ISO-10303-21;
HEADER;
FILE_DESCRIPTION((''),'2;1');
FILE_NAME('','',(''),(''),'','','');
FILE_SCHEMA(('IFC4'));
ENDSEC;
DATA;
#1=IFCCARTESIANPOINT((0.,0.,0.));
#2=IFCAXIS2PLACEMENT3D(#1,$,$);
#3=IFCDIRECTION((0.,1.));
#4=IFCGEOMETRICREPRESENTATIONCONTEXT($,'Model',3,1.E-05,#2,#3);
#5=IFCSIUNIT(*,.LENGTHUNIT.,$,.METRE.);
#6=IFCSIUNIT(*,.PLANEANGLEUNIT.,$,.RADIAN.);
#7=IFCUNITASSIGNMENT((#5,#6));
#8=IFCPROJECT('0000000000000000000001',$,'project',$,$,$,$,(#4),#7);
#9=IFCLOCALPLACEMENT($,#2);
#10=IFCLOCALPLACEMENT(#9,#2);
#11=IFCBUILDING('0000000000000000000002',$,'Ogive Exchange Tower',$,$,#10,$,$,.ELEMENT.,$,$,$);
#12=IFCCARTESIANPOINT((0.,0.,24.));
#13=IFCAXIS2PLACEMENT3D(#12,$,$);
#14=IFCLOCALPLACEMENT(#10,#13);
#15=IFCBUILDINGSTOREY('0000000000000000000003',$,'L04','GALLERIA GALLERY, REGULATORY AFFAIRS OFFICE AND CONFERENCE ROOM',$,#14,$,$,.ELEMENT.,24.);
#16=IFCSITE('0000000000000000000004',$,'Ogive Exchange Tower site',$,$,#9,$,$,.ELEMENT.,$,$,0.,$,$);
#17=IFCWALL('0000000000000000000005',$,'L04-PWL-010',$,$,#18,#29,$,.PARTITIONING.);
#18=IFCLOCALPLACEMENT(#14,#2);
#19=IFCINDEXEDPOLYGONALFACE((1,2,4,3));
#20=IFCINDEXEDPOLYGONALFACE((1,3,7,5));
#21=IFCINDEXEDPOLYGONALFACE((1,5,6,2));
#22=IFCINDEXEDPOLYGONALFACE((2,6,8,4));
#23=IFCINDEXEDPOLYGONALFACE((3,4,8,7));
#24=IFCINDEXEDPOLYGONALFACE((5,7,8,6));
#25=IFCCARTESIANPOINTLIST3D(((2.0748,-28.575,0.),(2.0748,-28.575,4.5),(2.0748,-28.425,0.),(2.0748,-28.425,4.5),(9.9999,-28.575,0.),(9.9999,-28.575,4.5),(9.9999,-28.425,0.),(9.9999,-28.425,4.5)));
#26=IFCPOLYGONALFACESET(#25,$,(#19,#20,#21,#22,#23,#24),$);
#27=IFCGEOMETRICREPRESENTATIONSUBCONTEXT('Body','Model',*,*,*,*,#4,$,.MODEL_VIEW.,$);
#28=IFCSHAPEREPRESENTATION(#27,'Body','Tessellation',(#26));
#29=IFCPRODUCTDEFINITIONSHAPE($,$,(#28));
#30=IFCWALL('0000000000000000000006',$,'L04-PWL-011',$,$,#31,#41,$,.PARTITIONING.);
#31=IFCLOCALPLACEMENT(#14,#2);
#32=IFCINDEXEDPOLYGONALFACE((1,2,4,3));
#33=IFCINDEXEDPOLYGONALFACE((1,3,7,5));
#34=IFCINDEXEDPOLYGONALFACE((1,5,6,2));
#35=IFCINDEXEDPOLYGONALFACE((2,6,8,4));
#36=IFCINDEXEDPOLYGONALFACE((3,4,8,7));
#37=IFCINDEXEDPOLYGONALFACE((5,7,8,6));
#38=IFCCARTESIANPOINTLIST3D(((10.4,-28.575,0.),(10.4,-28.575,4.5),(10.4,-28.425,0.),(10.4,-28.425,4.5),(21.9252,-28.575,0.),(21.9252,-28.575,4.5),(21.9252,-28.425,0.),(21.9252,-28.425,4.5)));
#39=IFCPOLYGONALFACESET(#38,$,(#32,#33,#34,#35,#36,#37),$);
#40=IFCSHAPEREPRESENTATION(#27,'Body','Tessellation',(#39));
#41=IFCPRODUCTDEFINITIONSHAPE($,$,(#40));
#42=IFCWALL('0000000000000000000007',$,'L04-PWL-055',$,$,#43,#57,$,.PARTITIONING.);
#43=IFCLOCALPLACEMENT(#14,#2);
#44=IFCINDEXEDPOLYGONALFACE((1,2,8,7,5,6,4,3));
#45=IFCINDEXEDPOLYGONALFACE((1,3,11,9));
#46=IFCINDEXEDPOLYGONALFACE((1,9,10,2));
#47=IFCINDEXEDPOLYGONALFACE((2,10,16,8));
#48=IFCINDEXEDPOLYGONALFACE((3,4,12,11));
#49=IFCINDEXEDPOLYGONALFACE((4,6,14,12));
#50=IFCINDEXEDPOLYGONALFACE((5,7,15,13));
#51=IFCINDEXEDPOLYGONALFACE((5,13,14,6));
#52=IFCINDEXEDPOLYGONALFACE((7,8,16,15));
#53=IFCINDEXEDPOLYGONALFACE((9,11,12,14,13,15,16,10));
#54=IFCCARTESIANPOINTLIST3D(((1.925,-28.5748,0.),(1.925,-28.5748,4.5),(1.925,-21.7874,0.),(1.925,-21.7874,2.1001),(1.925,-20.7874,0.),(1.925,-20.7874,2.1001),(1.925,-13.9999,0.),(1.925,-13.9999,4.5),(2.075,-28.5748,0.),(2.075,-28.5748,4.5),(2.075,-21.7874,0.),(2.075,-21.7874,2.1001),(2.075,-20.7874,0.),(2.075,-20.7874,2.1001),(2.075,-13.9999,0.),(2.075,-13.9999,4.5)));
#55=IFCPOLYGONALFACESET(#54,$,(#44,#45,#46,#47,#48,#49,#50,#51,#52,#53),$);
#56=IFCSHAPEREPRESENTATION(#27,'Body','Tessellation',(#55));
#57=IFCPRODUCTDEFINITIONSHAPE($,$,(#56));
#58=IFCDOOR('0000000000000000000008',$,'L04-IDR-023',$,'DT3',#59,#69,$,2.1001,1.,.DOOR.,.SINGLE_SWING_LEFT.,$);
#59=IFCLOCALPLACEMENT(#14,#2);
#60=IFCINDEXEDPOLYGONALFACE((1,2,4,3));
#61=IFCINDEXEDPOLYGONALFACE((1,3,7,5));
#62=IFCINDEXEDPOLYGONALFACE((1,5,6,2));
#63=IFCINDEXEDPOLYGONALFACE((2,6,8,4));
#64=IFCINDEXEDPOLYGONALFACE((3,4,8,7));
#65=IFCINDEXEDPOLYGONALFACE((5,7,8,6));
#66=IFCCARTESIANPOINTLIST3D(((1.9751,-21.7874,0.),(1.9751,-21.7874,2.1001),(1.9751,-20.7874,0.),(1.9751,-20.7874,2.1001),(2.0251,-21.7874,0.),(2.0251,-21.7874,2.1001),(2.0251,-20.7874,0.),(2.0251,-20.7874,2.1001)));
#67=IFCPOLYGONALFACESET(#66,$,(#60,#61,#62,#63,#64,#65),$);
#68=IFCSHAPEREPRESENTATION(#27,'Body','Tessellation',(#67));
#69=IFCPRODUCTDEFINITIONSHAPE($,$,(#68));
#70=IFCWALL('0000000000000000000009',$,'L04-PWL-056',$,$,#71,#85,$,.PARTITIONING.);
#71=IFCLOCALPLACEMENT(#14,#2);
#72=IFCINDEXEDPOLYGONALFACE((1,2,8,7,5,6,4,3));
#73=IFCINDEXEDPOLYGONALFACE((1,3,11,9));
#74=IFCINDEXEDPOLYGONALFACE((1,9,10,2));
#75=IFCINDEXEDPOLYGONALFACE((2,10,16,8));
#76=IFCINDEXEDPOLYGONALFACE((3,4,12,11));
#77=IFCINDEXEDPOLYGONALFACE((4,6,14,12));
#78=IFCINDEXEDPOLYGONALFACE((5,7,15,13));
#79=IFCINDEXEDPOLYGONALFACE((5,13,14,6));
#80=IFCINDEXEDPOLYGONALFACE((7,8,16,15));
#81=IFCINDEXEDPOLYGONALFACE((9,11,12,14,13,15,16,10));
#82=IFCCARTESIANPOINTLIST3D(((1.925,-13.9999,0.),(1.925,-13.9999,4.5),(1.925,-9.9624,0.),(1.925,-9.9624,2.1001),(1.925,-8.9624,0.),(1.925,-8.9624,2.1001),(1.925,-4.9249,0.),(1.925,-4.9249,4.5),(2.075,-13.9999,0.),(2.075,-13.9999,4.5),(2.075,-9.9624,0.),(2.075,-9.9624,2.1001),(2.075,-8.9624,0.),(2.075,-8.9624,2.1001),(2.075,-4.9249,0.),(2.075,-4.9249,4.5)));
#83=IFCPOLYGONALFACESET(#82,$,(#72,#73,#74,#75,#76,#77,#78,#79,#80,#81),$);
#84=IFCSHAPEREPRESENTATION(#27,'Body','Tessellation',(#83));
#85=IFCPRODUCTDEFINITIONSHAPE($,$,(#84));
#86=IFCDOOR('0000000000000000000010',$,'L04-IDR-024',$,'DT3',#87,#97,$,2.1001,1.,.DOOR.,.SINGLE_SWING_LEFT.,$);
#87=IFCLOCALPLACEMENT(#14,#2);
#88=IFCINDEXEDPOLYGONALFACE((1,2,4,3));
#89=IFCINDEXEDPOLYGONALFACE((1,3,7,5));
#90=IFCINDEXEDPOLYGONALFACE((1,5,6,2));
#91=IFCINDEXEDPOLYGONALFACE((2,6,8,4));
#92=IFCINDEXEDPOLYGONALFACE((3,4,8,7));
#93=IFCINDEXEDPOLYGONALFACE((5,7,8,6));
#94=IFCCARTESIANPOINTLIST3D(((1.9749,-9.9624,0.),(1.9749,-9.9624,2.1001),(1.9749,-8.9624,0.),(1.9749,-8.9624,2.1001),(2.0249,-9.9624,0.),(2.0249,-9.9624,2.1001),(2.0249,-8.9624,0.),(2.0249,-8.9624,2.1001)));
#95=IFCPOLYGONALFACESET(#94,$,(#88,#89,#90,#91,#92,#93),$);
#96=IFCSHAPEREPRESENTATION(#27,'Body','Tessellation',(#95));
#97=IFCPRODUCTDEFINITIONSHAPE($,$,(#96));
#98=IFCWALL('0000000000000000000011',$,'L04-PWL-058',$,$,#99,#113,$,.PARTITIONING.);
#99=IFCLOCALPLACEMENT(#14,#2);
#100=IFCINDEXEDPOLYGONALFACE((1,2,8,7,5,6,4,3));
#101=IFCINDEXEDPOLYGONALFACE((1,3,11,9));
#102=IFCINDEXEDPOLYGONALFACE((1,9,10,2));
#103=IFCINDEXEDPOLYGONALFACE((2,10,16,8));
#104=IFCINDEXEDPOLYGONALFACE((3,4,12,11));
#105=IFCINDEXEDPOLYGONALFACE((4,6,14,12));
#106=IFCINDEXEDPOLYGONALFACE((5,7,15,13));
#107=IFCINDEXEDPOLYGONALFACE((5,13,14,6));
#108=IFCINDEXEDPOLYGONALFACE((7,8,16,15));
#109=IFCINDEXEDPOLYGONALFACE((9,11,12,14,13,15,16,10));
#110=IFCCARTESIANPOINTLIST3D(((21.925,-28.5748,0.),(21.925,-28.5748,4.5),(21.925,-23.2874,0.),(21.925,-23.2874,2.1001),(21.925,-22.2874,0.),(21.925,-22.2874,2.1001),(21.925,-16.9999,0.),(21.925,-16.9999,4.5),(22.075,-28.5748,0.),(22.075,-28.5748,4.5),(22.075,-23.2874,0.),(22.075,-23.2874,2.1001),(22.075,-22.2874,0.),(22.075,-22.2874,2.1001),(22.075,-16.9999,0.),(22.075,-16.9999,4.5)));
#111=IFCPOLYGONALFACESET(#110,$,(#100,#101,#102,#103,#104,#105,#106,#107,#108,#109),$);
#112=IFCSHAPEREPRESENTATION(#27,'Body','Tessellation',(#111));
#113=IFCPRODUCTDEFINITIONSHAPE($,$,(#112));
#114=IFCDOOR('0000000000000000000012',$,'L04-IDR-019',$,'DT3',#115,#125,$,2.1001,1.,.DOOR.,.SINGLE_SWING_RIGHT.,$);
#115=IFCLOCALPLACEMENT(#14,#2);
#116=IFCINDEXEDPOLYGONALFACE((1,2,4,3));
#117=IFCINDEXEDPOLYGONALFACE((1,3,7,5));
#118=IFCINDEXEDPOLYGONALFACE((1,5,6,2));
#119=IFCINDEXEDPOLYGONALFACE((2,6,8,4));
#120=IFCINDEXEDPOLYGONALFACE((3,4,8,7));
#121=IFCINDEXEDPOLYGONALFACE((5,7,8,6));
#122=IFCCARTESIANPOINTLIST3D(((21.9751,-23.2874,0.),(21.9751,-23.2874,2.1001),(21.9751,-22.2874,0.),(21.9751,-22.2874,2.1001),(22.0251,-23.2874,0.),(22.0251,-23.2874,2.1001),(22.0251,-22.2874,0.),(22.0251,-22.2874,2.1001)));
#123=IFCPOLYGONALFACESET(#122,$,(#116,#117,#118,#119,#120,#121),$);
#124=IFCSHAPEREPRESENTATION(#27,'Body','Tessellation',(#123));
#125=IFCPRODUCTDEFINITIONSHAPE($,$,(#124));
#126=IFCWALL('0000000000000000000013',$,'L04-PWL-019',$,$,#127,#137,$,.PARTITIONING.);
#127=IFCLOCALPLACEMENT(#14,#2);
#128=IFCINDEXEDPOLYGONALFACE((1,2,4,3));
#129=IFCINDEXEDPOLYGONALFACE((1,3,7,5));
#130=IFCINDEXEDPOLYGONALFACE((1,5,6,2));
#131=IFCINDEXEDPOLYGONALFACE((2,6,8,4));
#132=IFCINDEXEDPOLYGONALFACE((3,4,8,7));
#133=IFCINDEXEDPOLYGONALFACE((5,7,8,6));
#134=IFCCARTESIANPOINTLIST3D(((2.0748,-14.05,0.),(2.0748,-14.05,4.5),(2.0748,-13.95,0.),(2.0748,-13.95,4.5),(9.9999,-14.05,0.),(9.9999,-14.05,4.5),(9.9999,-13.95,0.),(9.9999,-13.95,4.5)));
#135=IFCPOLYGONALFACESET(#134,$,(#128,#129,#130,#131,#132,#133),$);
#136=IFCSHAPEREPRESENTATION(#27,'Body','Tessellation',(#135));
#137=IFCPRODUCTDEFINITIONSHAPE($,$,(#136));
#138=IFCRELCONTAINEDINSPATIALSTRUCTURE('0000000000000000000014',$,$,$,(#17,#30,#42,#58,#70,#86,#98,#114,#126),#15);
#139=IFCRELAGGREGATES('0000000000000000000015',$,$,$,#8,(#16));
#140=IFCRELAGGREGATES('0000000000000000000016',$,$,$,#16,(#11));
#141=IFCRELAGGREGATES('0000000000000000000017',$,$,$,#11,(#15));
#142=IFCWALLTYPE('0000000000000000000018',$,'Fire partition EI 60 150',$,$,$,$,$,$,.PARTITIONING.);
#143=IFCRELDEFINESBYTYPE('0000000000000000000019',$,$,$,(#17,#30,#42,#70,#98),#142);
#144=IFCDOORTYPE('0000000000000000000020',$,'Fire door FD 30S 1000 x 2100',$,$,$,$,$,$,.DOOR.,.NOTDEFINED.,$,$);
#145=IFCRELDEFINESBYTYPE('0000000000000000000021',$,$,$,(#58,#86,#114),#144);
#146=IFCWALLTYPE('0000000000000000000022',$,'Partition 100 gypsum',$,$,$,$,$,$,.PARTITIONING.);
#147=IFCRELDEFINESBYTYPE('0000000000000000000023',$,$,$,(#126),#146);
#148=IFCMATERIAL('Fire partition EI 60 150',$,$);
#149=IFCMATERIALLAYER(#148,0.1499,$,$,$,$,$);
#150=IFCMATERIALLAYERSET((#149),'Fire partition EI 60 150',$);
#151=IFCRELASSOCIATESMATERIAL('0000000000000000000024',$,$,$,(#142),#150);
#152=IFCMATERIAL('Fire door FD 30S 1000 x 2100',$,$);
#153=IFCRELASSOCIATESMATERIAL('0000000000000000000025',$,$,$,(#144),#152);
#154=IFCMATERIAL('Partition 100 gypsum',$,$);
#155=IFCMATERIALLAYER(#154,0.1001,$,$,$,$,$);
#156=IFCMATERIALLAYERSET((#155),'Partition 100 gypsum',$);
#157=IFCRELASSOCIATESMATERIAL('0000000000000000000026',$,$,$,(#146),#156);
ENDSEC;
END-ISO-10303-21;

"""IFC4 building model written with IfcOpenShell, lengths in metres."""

from ifc_helpers import new_model, si_unit, direction, frame, frame_2d, origin, place, context, subcontext, project, spatial, rectangle, extrude, material, layer, layer_set, type_object, element, fill, save


model = new_model("IFC4")

# Units and contexts
model_context = context("Model", 3, precision=1e-05, world=origin(), true_north=direction((0.0, 1.0)))
body_context = subcontext(model_context, "Body", "Model", "MODEL_VIEW")
ifc_project = project(units=[si_unit("LENGTHUNIT", "METRE"), si_unit("PLANEANGLEUNIT", "RADIAN")], contexts=[model_context])

# Site, building, storey
site_placement = place(None, origin())
site = spatial("IfcSite", under=ifc_project, at=site_placement, Name="Ogive Exchange Tower site", CompositionType="ELEMENT", RefElevation=0.0)
building_placement = place(site_placement, origin())
building = spatial("IfcBuilding", under=site, at=building_placement, Name="Ogive Exchange Tower", CompositionType="ELEMENT")
storey_placement = place(building_placement, frame((0.0, 0.0, 24.0)))
storey = spatial("IfcBuildingStorey", under=building, at=storey_placement, Name="L04", Description="GALLERIA GALLERY, REGULATORY AFFAIRS OFFICE AND CONFERENCE ROOM", CompositionType="ELEMENT", Elevation=24.0)

# Walls
ifc_material_1 = material(Name="Fire partition EI 60 150")
ifc_layer_1 = layer(ifc_material_1, 0.1499)
ifc_layer_set_1 = layer_set([ifc_layer_1], Name="Fire partition EI 60 150")
wall_type_1 = type_object("IfcWallType", Name="Fire partition EI 60 150", PredefinedType="PARTITIONING", material=ifc_layer_set_1)
wall_1_placement = place(storey_placement, frame((2.075, -28.5, 0.0), z_axis=(0.0, 0.0, 1.0), x_axis=(1.0, 0.0, 0.0)))
element("IfcWall", 1, at=wall_1_placement, inside=storey, type_object=wall_type_1, Name="L04-PWL-010", PredefinedType="PARTITIONING", context=body_context, shape_type="SweptSolid", body=[
    extrude(rectangle(XDim=7.925, YDim=0.1499, at=frame_2d((3.9624, 0.0))), origin(), (0.0, 0.0, 1.0), 4.5),
])
wall_2_placement = place(storey_placement, frame((10.3999, -28.5, 0.0), z_axis=(0.0, 0.0, 1.0), x_axis=(1.0, 0.0, 0.0)))
element("IfcWall", 2, at=wall_2_placement, inside=storey, type_object=wall_type_1, Name="L04-PWL-011", PredefinedType="PARTITIONING", context=body_context, shape_type="SweptSolid", body=[
    extrude(rectangle(XDim=11.5251, YDim=0.1499, at=frame_2d((5.7627, 0.0))), origin(), (0.0, 0.0, 1.0), 4.5),
])

# Walls, openings, doors
wall_3_placement = place(storey_placement, frame((2.0, -28.575, 0.0), z_axis=(0.0, 0.0, 1.0), x_axis=(0.0, 1.0, 0.0)))
wall_3 = element("IfcWall", 3, at=wall_3_placement, inside=storey, type_object=wall_type_1, Name="L04-PWL-055", PredefinedType="PARTITIONING", context=body_context, shape_type="SweptSolid", body=[
    extrude(rectangle(XDim=14.575, YDim=0.1499, at=frame_2d((7.2876, 0.0))), origin(), (0.0, 0.0, 1.0), 4.5),
])
opening_1_placement = place(wall_3_placement, frame((6.7876, 0.0, 0.0)))
opening_1 = element("IfcOpeningElement", 4, at=opening_1_placement, cuts=wall_3, PredefinedType="OPENING", context=body_context, shape_type="SweptSolid", body=[
    extrude(rectangle(XDim=1.0, YDim=2.1001, at=frame_2d((0.5, 1.05))), frame((0.0, 0.085, 0.0), z_axis=(0.0, -1.0, 0.0), x_axis=(1.0, 0.0, 0.0)), (0.0, 0.0, 1.0), 0.1699),
])
ifc_material_2 = material(Name="Fire door FD 30S 1000 x 2100")
door_type_1 = type_object("IfcDoorType", Name="Fire door FD 30S 1000 x 2100", OperationType="NOTDEFINED", PredefinedType="DOOR", material=ifc_material_2)
door_1_placement = place(opening_1_placement, origin())
door_1 = element("IfcDoor", 5, at=door_1_placement, inside=storey, type_object=door_type_1, Name="L04-IDR-023", ObjectType="DT3", OperationType="SINGLE_SWING_LEFT", OverallHeight=2.1001, OverallWidth=1.0, PredefinedType="DOOR", context=body_context, shape_type="SweptSolid", body=[
    extrude(rectangle(XDim=1.0, YDim=2.1001, at=frame_2d((0.5, 1.05))), frame((0.0, 0.0249, 0.0), z_axis=(0.0, -1.0, 0.0), x_axis=(1.0, 0.0, 0.0)), (0.0, 0.0, 1.0), 0.05),
])
fill(opening_1, door_1)
wall_4_placement = place(storey_placement, frame((2.0, -14.0, 0.0), z_axis=(0.0, 0.0, 1.0), x_axis=(0.0, 1.0, 0.0)))
wall_4 = element("IfcWall", 6, at=wall_4_placement, inside=storey, type_object=wall_type_1, Name="L04-PWL-056", PredefinedType="PARTITIONING", context=body_context, shape_type="SweptSolid", body=[
    extrude(rectangle(XDim=9.075, YDim=0.1499, at=frame_2d((4.5376, 0.0))), origin(), (0.0, 0.0, 1.0), 4.5),
])
opening_2_placement = place(wall_4_placement, frame((4.0376, 0.0, 0.0)))
opening_2 = element("IfcOpeningElement", 7, at=opening_2_placement, cuts=wall_4, PredefinedType="OPENING", context=body_context, shape_type="SweptSolid", body=[
    extrude(rectangle(XDim=1.0, YDim=2.1001, at=frame_2d((0.5, 1.05))), frame((0.0, 0.085, 0.0), z_axis=(0.0, -1.0, 0.0), x_axis=(1.0, 0.0, 0.0)), (0.0, 0.0, 1.0), 0.1699),
])
door_2_placement = place(opening_2_placement, frame((1.0, 0.0, 0.0), z_axis=(0.0, 0.0, 1.0), x_axis=(-1.0, 0.0, 0.0)))
door_2 = element("IfcDoor", 8, at=door_2_placement, inside=storey, type_object=door_type_1, Name="L04-IDR-024", ObjectType="DT3", OperationType="SINGLE_SWING_LEFT", OverallHeight=2.1001, OverallWidth=1.0, PredefinedType="DOOR", context=body_context, shape_type="SweptSolid", body=[
    extrude(rectangle(XDim=1.0, YDim=2.1001, at=frame_2d((0.5, 1.05))), frame((0.0, 0.0249, 0.0), z_axis=(0.0, -1.0, 0.0), x_axis=(1.0, 0.0, 0.0)), (0.0, 0.0, 1.0), 0.05),
])
fill(opening_2, door_2)
wall_5_placement = place(storey_placement, frame((22.0, -28.575, 0.0), z_axis=(0.0, 0.0, 1.0), x_axis=(0.0, 1.0, 0.0)))
wall_5 = element("IfcWall", 9, at=wall_5_placement, inside=storey, type_object=wall_type_1, Name="L04-PWL-058", PredefinedType="PARTITIONING", context=body_context, shape_type="SweptSolid", body=[
    extrude(rectangle(XDim=11.575, YDim=0.1499, at=frame_2d((5.7876, 0.0))), origin(), (0.0, 0.0, 1.0), 4.5),
])
opening_3_placement = place(wall_5_placement, frame((5.2876, 0.0, 0.0)))
opening_3 = element("IfcOpeningElement", 10, at=opening_3_placement, cuts=wall_5, PredefinedType="OPENING", context=body_context, shape_type="SweptSolid", body=[
    extrude(rectangle(XDim=1.0, YDim=2.1001, at=frame_2d((0.5, 1.05))), frame((0.0, 0.085, 0.0), z_axis=(0.0, -1.0, 0.0), x_axis=(1.0, 0.0, 0.0)), (0.0, 0.0, 1.0), 0.1699),
])
door_3_placement = place(opening_3_placement, origin())
door_3 = element("IfcDoor", 11, at=door_3_placement, inside=storey, type_object=door_type_1, Name="L04-IDR-019", ObjectType="DT3", OperationType="SINGLE_SWING_RIGHT", OverallHeight=2.1001, OverallWidth=1.0, PredefinedType="DOOR", context=body_context, shape_type="SweptSolid", body=[
    extrude(rectangle(XDim=1.0, YDim=2.1001, at=frame_2d((0.5, 1.05))), frame((0.0, 0.0249, 0.0), z_axis=(0.0, -1.0, 0.0), x_axis=(1.0, 0.0, 0.0)), (0.0, 0.0, 1.0), 0.05),
])
fill(opening_3, door_3)

# Wall
ifc_material_3 = material(Name="Partition 100 gypsum")
ifc_layer_2 = layer(ifc_material_3, 0.1001)
ifc_layer_set_2 = layer_set([ifc_layer_2], Name="Partition 100 gypsum")
wall_type_2 = type_object("IfcWallType", Name="Partition 100 gypsum", PredefinedType="PARTITIONING", material=ifc_layer_set_2)
wall_6_placement = place(storey_placement, frame((2.075, -14.0, 0.0), z_axis=(0.0, 0.0, 1.0), x_axis=(1.0, 0.0, 0.0)))
element("IfcWall", 12, at=wall_6_placement, inside=storey, type_object=wall_type_2, Name="L04-PWL-019", PredefinedType="PARTITIONING", context=body_context, shape_type="SweptSolid", body=[
    extrude(rectangle(XDim=7.925, YDim=0.1001, at=frame_2d((3.9624, 0.0))), origin(), (0.0, 0.0, 1.0), 4.5),
])

save(model, "model.ifc")
